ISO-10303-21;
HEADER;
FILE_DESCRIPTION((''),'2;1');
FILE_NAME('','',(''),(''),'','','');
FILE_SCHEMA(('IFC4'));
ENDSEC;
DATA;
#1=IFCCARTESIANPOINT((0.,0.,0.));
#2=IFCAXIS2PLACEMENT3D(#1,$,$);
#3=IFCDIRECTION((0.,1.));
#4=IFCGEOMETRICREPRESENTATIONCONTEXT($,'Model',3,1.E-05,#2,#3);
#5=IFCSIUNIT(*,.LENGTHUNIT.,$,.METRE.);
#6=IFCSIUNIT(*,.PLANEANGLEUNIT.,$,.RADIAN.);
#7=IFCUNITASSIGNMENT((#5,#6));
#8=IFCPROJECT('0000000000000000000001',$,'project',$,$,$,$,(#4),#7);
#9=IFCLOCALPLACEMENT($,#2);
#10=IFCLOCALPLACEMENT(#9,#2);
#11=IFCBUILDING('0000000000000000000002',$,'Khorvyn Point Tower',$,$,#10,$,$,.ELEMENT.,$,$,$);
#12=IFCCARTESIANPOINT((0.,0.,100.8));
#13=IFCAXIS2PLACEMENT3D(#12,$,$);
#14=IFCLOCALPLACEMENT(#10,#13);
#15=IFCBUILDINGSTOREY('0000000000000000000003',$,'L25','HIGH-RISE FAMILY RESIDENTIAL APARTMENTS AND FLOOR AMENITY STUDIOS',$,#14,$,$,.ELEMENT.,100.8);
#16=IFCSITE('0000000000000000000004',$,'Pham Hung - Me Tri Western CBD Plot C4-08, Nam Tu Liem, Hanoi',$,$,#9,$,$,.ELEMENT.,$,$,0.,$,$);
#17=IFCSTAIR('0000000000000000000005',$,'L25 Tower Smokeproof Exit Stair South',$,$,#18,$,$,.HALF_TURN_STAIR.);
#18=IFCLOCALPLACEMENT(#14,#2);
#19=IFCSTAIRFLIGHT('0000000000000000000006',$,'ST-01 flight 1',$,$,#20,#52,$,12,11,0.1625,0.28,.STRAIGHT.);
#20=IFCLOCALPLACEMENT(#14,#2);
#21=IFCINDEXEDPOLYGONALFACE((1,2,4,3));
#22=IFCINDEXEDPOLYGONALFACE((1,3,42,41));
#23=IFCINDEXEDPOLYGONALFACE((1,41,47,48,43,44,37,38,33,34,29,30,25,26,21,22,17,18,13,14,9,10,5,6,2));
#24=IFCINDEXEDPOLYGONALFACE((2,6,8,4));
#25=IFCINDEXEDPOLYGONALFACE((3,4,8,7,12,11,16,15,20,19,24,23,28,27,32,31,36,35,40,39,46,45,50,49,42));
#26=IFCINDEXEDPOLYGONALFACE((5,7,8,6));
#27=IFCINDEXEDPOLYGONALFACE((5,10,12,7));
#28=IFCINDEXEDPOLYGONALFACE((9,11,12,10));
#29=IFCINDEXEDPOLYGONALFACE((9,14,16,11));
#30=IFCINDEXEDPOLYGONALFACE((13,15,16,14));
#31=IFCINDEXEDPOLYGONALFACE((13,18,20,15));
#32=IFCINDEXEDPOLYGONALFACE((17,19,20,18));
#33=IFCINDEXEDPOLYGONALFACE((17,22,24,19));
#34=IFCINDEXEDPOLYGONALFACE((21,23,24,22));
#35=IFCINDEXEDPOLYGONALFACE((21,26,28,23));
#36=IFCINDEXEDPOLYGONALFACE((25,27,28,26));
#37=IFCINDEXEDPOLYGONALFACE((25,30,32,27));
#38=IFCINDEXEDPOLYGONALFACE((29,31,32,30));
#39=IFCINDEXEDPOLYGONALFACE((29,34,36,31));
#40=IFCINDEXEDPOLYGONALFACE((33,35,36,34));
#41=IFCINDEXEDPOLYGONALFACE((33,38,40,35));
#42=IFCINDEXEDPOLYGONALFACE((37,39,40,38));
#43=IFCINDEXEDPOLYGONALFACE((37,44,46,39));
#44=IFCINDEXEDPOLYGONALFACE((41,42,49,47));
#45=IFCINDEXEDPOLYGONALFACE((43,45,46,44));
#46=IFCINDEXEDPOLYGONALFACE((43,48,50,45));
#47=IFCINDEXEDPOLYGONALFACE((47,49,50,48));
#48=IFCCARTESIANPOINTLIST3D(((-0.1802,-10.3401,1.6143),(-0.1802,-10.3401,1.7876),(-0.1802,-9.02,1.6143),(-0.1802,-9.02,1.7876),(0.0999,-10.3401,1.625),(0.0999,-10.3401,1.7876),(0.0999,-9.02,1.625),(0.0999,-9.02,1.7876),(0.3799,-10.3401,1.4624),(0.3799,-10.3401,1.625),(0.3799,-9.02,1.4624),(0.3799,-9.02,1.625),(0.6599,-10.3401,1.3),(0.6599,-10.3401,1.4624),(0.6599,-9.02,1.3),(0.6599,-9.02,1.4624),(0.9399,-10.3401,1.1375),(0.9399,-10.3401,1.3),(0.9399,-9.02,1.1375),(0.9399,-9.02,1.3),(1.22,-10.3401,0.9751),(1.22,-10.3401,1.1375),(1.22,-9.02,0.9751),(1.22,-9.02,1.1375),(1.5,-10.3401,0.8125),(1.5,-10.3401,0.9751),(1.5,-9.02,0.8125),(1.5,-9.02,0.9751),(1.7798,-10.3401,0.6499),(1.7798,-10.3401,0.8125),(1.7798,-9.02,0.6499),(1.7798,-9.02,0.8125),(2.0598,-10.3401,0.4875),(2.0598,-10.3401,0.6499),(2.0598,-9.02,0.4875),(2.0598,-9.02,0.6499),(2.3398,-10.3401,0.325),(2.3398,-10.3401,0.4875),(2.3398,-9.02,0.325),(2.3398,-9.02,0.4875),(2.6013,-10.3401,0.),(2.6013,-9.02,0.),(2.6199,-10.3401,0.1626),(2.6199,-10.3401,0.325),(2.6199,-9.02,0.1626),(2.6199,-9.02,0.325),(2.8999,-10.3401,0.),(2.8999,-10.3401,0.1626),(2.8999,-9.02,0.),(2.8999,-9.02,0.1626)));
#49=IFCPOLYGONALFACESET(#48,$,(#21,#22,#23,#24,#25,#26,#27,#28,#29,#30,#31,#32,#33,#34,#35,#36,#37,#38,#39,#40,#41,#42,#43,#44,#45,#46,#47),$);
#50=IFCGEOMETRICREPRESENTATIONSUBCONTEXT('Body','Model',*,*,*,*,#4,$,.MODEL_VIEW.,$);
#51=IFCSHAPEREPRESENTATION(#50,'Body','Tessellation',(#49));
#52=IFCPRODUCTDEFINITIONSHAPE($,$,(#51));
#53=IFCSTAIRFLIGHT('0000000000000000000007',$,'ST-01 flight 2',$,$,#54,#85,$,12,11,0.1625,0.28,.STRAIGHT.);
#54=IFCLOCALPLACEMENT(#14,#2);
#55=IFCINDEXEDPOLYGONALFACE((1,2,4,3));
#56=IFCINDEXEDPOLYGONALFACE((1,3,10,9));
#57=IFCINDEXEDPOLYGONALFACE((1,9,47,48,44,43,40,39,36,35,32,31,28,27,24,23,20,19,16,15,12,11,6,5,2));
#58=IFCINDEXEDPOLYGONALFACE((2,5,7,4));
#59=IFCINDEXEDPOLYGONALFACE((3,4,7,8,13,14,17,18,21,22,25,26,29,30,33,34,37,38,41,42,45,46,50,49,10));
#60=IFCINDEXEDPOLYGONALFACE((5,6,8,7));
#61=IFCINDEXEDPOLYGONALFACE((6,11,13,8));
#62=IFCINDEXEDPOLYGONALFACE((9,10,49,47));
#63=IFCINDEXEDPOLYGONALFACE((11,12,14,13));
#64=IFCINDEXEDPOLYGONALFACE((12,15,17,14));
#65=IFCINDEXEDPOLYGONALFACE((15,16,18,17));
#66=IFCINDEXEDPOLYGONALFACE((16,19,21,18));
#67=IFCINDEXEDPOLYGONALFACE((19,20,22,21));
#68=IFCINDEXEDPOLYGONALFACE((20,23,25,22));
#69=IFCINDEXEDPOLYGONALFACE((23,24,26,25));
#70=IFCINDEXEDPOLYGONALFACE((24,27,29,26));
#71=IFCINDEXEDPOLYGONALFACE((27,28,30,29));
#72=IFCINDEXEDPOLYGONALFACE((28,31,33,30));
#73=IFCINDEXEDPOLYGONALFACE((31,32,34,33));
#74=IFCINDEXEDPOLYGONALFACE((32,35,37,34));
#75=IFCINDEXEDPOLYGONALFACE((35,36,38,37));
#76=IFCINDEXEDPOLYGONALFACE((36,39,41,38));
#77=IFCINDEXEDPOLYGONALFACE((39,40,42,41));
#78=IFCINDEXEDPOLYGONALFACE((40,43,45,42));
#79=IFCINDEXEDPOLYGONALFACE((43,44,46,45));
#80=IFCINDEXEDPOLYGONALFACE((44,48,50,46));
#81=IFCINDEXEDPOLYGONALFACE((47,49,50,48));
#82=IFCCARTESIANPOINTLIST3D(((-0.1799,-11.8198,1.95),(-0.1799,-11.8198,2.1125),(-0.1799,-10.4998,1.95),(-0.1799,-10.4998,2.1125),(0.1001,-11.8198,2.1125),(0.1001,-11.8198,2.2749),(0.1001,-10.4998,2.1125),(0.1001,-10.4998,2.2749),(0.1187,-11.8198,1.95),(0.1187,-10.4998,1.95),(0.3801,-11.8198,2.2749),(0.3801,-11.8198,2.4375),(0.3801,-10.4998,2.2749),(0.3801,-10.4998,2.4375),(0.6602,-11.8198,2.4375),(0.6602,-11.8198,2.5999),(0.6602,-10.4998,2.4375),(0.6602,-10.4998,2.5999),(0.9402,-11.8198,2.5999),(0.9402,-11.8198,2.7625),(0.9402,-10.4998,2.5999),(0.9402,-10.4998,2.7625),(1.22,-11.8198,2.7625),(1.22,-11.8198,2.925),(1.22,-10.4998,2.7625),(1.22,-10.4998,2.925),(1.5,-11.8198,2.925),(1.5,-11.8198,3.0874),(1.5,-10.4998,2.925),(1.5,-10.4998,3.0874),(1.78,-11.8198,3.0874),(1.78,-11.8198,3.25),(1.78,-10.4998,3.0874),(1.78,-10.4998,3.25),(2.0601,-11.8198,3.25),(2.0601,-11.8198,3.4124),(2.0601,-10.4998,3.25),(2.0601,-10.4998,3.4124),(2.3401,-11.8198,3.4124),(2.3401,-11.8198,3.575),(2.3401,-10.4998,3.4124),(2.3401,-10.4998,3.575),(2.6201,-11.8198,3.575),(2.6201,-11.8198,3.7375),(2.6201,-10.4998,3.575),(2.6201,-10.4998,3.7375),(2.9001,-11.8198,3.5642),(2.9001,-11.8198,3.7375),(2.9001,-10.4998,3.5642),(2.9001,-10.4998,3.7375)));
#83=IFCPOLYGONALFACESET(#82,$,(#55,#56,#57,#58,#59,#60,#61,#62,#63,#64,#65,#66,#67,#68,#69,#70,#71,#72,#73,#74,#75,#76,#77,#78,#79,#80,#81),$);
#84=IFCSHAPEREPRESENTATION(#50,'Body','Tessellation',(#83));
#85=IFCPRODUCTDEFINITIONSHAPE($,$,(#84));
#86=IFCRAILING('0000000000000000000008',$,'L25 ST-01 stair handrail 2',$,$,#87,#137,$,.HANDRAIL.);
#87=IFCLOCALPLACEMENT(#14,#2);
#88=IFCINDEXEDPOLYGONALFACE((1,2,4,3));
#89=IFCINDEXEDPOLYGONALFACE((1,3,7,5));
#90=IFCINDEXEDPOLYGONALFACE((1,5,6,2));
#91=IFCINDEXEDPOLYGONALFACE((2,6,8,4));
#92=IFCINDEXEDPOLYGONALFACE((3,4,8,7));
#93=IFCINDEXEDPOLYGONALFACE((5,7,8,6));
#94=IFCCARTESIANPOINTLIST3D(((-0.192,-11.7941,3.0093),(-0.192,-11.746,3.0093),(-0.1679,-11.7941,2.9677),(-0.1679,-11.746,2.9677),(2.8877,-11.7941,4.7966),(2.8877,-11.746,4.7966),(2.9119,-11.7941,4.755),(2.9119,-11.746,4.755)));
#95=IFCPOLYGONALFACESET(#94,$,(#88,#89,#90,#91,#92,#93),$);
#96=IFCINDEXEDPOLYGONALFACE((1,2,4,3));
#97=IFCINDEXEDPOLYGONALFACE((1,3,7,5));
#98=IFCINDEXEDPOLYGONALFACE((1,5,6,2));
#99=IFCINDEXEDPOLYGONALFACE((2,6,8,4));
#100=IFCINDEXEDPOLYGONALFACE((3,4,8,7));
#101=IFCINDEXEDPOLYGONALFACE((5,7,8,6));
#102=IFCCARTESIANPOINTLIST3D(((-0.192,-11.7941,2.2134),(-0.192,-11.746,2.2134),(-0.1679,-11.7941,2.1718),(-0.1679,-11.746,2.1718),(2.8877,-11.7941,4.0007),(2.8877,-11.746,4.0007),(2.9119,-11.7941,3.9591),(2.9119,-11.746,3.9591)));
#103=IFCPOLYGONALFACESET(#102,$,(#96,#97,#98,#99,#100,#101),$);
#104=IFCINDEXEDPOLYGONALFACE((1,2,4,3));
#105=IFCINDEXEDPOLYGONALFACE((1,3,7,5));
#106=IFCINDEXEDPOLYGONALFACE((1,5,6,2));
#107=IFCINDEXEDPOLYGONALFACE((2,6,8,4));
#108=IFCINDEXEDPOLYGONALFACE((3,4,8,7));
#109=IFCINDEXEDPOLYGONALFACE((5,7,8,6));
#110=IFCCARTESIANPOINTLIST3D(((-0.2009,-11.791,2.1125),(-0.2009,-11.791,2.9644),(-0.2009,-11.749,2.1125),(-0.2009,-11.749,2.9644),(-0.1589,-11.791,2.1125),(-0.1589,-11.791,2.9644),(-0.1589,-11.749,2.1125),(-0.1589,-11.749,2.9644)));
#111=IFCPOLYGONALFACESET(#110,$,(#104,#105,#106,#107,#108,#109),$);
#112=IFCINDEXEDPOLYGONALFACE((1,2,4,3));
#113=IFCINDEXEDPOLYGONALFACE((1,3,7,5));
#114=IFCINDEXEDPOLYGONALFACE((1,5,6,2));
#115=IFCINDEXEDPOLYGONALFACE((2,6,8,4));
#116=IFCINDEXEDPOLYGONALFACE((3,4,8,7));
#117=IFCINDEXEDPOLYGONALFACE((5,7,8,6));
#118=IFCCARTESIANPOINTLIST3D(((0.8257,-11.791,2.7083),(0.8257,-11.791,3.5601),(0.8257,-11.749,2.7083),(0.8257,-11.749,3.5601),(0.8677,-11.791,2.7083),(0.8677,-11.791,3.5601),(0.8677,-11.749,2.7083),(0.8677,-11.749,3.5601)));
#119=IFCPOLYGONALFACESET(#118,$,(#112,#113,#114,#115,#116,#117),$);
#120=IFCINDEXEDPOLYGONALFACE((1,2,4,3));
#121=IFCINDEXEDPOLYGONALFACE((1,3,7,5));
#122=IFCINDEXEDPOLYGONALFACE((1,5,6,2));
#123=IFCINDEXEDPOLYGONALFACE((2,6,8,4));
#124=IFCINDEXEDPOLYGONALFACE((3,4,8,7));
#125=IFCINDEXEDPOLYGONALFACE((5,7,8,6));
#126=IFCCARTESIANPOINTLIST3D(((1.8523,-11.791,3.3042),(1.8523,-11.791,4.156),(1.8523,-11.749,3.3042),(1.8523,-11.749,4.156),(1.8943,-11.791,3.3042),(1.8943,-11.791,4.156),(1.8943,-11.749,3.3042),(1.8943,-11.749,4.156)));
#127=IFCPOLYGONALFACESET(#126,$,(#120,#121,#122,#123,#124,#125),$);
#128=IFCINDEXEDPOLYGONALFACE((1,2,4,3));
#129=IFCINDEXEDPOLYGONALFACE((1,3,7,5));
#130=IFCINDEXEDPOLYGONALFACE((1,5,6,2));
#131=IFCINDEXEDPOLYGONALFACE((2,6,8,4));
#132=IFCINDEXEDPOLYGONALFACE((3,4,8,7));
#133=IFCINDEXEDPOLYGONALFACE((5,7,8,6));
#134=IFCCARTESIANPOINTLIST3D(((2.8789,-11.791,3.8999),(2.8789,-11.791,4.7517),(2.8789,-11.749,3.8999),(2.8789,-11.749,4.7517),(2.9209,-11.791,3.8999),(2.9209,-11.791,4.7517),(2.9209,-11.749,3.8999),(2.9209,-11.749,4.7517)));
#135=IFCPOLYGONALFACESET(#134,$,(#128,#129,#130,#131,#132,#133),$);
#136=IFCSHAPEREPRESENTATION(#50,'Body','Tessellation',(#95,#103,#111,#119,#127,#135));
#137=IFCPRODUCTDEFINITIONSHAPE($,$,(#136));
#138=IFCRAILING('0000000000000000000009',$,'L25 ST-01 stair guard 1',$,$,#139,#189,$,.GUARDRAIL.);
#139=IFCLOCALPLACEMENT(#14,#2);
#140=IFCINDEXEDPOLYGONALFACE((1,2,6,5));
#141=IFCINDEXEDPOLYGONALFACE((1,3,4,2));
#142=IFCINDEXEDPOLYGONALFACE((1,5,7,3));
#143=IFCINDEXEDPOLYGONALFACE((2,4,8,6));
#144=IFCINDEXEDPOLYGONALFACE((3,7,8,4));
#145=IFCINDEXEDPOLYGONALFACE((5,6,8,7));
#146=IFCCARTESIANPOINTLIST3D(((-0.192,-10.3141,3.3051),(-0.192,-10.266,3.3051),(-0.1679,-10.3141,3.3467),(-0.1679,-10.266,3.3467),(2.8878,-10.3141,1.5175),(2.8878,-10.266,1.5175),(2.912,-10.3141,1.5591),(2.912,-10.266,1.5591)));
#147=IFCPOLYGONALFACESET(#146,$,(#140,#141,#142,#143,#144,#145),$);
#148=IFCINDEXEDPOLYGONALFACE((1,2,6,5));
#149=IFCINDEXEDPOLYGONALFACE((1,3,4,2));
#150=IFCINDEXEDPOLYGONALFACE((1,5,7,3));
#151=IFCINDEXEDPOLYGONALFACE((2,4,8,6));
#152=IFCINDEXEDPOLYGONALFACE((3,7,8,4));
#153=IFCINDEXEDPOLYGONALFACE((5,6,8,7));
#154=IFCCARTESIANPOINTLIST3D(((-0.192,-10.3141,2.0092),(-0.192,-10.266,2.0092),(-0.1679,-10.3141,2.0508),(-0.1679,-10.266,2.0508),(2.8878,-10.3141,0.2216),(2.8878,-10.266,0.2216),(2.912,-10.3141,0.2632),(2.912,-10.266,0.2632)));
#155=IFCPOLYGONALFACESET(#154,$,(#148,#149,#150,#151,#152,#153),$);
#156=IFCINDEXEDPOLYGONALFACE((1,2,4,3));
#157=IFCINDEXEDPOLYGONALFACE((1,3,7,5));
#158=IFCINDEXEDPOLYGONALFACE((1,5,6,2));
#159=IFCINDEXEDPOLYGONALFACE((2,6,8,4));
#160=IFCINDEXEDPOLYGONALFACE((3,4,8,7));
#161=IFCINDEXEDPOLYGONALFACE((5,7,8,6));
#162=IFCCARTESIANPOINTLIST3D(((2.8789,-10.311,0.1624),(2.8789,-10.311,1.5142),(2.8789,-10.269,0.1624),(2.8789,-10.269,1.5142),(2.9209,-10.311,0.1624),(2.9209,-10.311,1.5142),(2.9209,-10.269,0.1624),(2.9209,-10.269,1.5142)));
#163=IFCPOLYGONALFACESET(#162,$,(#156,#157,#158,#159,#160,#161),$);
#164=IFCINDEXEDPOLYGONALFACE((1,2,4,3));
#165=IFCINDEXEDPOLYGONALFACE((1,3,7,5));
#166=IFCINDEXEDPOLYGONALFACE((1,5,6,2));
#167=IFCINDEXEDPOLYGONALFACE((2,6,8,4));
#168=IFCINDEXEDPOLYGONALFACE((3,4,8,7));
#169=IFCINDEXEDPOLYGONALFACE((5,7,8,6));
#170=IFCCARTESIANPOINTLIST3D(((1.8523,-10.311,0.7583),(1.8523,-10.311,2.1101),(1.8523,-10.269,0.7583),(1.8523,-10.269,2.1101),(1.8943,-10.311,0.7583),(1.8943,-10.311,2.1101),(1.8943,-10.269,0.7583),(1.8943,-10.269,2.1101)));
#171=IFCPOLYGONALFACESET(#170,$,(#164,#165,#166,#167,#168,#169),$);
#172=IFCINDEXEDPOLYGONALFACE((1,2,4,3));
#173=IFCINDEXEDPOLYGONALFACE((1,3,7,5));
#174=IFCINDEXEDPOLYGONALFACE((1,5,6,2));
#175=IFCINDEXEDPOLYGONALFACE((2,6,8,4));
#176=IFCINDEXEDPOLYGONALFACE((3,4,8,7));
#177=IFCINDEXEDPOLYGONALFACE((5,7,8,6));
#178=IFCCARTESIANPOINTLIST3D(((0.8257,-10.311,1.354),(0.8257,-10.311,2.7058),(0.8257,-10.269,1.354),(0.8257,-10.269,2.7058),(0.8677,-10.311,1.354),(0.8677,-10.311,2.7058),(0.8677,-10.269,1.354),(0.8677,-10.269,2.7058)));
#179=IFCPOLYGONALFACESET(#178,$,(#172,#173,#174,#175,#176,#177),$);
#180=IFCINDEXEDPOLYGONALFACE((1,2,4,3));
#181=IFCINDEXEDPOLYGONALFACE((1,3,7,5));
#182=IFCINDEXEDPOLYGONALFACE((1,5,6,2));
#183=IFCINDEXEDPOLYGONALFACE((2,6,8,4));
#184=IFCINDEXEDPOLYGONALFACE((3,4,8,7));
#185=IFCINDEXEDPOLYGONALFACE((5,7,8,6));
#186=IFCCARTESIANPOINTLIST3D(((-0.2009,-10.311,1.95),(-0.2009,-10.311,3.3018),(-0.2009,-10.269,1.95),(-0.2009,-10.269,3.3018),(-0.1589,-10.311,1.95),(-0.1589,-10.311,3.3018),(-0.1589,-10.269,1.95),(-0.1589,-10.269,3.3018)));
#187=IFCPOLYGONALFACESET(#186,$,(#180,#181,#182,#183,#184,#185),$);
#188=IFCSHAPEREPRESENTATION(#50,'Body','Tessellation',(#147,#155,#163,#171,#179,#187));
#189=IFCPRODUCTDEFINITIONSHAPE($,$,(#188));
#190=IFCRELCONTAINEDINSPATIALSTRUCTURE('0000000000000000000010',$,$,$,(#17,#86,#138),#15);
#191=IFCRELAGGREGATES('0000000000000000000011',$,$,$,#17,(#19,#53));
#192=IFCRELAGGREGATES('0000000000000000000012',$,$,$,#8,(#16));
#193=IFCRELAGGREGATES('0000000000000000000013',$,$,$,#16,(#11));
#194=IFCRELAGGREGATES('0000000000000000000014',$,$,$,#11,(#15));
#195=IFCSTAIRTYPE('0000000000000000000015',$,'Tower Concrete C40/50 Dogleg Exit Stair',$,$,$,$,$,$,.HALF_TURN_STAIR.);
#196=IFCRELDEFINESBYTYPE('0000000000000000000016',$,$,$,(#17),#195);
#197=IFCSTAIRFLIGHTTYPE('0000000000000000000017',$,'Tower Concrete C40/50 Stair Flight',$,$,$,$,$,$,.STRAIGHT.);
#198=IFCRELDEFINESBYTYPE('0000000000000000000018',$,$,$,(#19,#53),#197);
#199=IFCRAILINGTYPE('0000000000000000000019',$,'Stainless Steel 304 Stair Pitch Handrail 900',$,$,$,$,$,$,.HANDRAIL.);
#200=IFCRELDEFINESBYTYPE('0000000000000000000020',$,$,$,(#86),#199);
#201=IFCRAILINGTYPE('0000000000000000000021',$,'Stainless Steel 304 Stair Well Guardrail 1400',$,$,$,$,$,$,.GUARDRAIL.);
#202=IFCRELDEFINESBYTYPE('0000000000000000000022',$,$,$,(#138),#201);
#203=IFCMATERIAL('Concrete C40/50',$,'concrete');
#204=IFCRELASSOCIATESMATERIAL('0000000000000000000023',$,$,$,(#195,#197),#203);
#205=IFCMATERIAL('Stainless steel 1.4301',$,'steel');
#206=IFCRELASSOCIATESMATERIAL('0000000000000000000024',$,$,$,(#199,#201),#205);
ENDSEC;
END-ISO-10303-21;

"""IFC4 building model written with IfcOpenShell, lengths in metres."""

from ifc_helpers import new_model, si_unit, direction, frame, origin, origin_2d, place, context, subcontext, project, spatial, polyline, rectangle, outline, extrude, material, type_object, element, aggregate, save


model = new_model("IFC4")

# Units and contexts
model_context = context("Model", 3, precision=1e-05, world=origin(), true_north=direction((0.0, 1.0)))
body_context = subcontext(model_context, "Body", "Model", "MODEL_VIEW")
ifc_project = project(units=[si_unit("LENGTHUNIT", "METRE"), si_unit("PLANEANGLEUNIT", "RADIAN")], contexts=[model_context])

# Site, building, storey
site_placement = place(None, origin())
site = spatial("IfcSite", under=ifc_project, at=site_placement, Name="Pham Hung - Me Tri Western CBD Plot C4-08, Nam Tu Liem, Hanoi", CompositionType="ELEMENT", RefElevation=0.0)
building_placement = place(site_placement, origin())
building = spatial("IfcBuilding", under=site, at=building_placement, Name="Khorvyn Point Tower", CompositionType="ELEMENT")
storey_placement = place(building_placement, frame((0.0, 0.0, 100.8)))
storey = spatial("IfcBuildingStorey", under=building, at=storey_placement, Name="L25", Description="HIGH-RISE FAMILY RESIDENTIAL APARTMENTS AND FLOOR AMENITY STUDIOS", CompositionType="ELEMENT", Elevation=100.8)

# Shared definitions
ifc_material_1 = material(Name="Concrete C40/50", Category="concrete")

# Stair, stair flights
stair_type = type_object("IfcStairType", Name="Tower Concrete C40/50 Dogleg Exit Stair", PredefinedType="HALF_TURN_STAIR", material=ifc_material_1)
stair_placement = place(storey_placement, origin())
stair = element("IfcStair", 1, at=stair_placement, inside=storey, type_object=stair_type, Name="L25 Tower Smokeproof Exit Stair South", PredefinedType="HALF_TURN_STAIR")
stair_flight_type = type_object("IfcStairFlightType", Name="Tower Concrete C40/50 Stair Flight", PredefinedType="STRAIGHT", material=ifc_material_1)
stair_flight_1_placement = place(storey_placement, frame((2.8999, -9.6799, 0.0), z_axis=(0.0, 0.0, 1.0), x_axis=(-1.0, 0.0, 0.0)))
stair_flight_1 = element("IfcStairFlight", 2, at=stair_flight_1_placement, type_object=stair_flight_type, Name="ST-01 flight 1", NumberOfRisers=12, NumberOfTreads=11, PredefinedType="STRAIGHT", RiserHeight=0.1625, TreadLength=0.28, context=body_context, shape_type="SweptSolid", body=[
    extrude(outline(polyline([(0.0, 0.0), (0.0, 0.1626), (0.28, 0.1626), (0.28, 0.325), (0.5601, 0.325), (0.5601, 0.4875), (0.8401, 0.4875), (0.8401, 0.6499), (1.1201, 0.6499), (1.1201, 0.8125), (1.3999, 0.8125), (1.3999, 0.9751), (1.6799, 0.9751), (1.6799, 1.1375), (1.96, 1.1375), (1.96, 1.3), (2.24, 1.3), (2.24, 1.4624), (2.52, 1.4624), (2.52, 1.625), (2.8, 1.625), (2.8, 1.7876), (3.0801, 1.7876), (3.0801, 1.95), (3.0801, 1.6143), (0.2986, 0.0), (0.0, 0.0)])), frame((0.0, 0.6602, 0.0), z_axis=(0.0, -1.0, 0.0), x_axis=(1.0, 0.0, 0.0)), (0.0, 0.0, 1.0), 1.3201),
])
stair_flight_2_placement = place(storey_placement, frame((-0.1799, -11.1599, 1.95), z_axis=(0.0, 0.0, 1.0), x_axis=(1.0, 0.0, 0.0)))
stair_flight_2 = element("IfcStairFlight", 3, at=stair_flight_2_placement, type_object=stair_flight_type, Name="ST-01 flight 2", NumberOfRisers=12, NumberOfTreads=11, PredefinedType="STRAIGHT", RiserHeight=0.1625, TreadLength=0.28, context=body_context, shape_type="SweptSolid", body=[
    extrude(outline(polyline([(0.0, 0.0), (0.0, 0.1626), (0.28, 0.1626), (0.28, 0.325), (0.5601, 0.325), (0.5601, 0.4875), (0.8401, 0.4875), (0.8401, 0.6499), (1.1201, 0.6499), (1.1201, 0.8125), (1.3999, 0.8125), (1.3999, 0.9751), (1.6799, 0.9751), (1.6799, 1.1375), (1.96, 1.1375), (1.96, 1.3), (2.24, 1.3), (2.24, 1.4624), (2.52, 1.4624), (2.52, 1.625), (2.8, 1.625), (2.8, 1.7876), (3.0801, 1.7876), (3.0801, 1.95), (3.0801, 1.6143), (0.2986, 0.0), (0.0, 0.0)])), frame((0.0, 0.6602, 0.0), z_axis=(0.0, -1.0, 0.0), x_axis=(1.0, 0.0, 0.0)), (0.0, 0.0, 1.0), 1.3201),
])
aggregate(stair, [stair_flight_1, stair_flight_2])

# Railings
ifc_material_2 = material(Name="Stainless steel 1.4301", Category="steel")
railing_type_1 = type_object("IfcRailingType", Name="Stainless Steel 304 Stair Pitch Handrail 900", PredefinedType="HANDRAIL", material=ifc_material_2)
railing_1_placement = place(storey_placement, frame((-0.1799, -11.77, 2.1125)))
element("IfcRailing", 4, at=railing_1_placement, inside=storey, type_object=railing_type_1, Name="L25 ST-01 stair handrail 2", PredefinedType="HANDRAIL", context=body_context, shape_type="SweptSolid", body=[
    extrude(rectangle(XDim=0.0481, YDim=0.0481, at=origin_2d()), frame((0.0, 0.0, 0.876), z_axis=(0.864903, 0.0, 0.501939), x_axis=(0.0, 1.0, 0.0)), (0.0, 0.0, 1.0), 3.5608),
    extrude(rectangle(XDim=0.0481, YDim=0.0481, at=origin_2d()), frame((0.0, 0.0, 0.0801), z_axis=(0.864903, 0.0, 0.501939), x_axis=(0.0, 1.0, 0.0)), (0.0, 0.0, 1.0), 3.5608),
    extrude(rectangle(XDim=0.042, YDim=0.042, at=origin_2d()), origin(), (0.0, 0.0, 1.0), 0.8518),
    extrude(rectangle(XDim=0.042, YDim=0.042, at=origin_2d()), frame((1.0266, 0.0, 0.5957)), (0.0, 0.0, 1.0), 0.8518),
    extrude(rectangle(XDim=0.042, YDim=0.042, at=origin_2d()), frame((2.0532, 0.0, 1.1917)), (0.0, 0.0, 1.0), 0.8518),
    extrude(rectangle(XDim=0.042, YDim=0.042, at=origin_2d()), frame((3.0798, 0.0, 1.7874)), (0.0, 0.0, 1.0), 0.8518),
])
railing_type_2 = type_object("IfcRailingType", Name="Stainless Steel 304 Stair Well Guardrail 1400", PredefinedType="GUARDRAIL", material=ifc_material_2)
railing_2_placement = place(storey_placement, frame((2.8999, -10.29, 0.1624)))
element("IfcRailing", 5, at=railing_2_placement, inside=storey, type_object=railing_type_2, Name="L25 ST-01 stair guard 1", PredefinedType="GUARDRAIL", context=body_context, shape_type="SweptSolid", body=[
    extrude(rectangle(XDim=0.0481, YDim=0.0481, at=origin_2d()), frame((0.0, 0.0, 1.376), z_axis=(-0.864873, 0.0, 0.50199), x_axis=(0.0, -1.0, 0.0)), (0.0, 0.0, 1.0), 3.561),
    extrude(rectangle(XDim=0.0481, YDim=0.0481, at=origin_2d()), frame((0.0, 0.0, 0.0801), z_axis=(-0.864873, 0.0, 0.50199), x_axis=(0.0, -1.0, 0.0)), (0.0, 0.0, 1.0), 3.561),
    extrude(rectangle(XDim=0.042, YDim=0.042, at=origin_2d()), origin(), (0.0, 0.0, 1.0), 1.3518),
    extrude(rectangle(XDim=0.042, YDim=0.042, at=origin_2d()), frame((-1.0266, 0.0, 0.5959)), (0.0, 0.0, 1.0), 1.3518),
    extrude(rectangle(XDim=0.042, YDim=0.042, at=origin_2d()), frame((-2.0532, 0.0, 1.1917)), (0.0, 0.0, 1.0), 1.3518),
    extrude(rectangle(XDim=0.042, YDim=0.042, at=origin_2d()), frame((-3.0798, 0.0, 1.7876)), (0.0, 0.0, 1.0), 1.3518),
])

save(model, "model.ifc")
